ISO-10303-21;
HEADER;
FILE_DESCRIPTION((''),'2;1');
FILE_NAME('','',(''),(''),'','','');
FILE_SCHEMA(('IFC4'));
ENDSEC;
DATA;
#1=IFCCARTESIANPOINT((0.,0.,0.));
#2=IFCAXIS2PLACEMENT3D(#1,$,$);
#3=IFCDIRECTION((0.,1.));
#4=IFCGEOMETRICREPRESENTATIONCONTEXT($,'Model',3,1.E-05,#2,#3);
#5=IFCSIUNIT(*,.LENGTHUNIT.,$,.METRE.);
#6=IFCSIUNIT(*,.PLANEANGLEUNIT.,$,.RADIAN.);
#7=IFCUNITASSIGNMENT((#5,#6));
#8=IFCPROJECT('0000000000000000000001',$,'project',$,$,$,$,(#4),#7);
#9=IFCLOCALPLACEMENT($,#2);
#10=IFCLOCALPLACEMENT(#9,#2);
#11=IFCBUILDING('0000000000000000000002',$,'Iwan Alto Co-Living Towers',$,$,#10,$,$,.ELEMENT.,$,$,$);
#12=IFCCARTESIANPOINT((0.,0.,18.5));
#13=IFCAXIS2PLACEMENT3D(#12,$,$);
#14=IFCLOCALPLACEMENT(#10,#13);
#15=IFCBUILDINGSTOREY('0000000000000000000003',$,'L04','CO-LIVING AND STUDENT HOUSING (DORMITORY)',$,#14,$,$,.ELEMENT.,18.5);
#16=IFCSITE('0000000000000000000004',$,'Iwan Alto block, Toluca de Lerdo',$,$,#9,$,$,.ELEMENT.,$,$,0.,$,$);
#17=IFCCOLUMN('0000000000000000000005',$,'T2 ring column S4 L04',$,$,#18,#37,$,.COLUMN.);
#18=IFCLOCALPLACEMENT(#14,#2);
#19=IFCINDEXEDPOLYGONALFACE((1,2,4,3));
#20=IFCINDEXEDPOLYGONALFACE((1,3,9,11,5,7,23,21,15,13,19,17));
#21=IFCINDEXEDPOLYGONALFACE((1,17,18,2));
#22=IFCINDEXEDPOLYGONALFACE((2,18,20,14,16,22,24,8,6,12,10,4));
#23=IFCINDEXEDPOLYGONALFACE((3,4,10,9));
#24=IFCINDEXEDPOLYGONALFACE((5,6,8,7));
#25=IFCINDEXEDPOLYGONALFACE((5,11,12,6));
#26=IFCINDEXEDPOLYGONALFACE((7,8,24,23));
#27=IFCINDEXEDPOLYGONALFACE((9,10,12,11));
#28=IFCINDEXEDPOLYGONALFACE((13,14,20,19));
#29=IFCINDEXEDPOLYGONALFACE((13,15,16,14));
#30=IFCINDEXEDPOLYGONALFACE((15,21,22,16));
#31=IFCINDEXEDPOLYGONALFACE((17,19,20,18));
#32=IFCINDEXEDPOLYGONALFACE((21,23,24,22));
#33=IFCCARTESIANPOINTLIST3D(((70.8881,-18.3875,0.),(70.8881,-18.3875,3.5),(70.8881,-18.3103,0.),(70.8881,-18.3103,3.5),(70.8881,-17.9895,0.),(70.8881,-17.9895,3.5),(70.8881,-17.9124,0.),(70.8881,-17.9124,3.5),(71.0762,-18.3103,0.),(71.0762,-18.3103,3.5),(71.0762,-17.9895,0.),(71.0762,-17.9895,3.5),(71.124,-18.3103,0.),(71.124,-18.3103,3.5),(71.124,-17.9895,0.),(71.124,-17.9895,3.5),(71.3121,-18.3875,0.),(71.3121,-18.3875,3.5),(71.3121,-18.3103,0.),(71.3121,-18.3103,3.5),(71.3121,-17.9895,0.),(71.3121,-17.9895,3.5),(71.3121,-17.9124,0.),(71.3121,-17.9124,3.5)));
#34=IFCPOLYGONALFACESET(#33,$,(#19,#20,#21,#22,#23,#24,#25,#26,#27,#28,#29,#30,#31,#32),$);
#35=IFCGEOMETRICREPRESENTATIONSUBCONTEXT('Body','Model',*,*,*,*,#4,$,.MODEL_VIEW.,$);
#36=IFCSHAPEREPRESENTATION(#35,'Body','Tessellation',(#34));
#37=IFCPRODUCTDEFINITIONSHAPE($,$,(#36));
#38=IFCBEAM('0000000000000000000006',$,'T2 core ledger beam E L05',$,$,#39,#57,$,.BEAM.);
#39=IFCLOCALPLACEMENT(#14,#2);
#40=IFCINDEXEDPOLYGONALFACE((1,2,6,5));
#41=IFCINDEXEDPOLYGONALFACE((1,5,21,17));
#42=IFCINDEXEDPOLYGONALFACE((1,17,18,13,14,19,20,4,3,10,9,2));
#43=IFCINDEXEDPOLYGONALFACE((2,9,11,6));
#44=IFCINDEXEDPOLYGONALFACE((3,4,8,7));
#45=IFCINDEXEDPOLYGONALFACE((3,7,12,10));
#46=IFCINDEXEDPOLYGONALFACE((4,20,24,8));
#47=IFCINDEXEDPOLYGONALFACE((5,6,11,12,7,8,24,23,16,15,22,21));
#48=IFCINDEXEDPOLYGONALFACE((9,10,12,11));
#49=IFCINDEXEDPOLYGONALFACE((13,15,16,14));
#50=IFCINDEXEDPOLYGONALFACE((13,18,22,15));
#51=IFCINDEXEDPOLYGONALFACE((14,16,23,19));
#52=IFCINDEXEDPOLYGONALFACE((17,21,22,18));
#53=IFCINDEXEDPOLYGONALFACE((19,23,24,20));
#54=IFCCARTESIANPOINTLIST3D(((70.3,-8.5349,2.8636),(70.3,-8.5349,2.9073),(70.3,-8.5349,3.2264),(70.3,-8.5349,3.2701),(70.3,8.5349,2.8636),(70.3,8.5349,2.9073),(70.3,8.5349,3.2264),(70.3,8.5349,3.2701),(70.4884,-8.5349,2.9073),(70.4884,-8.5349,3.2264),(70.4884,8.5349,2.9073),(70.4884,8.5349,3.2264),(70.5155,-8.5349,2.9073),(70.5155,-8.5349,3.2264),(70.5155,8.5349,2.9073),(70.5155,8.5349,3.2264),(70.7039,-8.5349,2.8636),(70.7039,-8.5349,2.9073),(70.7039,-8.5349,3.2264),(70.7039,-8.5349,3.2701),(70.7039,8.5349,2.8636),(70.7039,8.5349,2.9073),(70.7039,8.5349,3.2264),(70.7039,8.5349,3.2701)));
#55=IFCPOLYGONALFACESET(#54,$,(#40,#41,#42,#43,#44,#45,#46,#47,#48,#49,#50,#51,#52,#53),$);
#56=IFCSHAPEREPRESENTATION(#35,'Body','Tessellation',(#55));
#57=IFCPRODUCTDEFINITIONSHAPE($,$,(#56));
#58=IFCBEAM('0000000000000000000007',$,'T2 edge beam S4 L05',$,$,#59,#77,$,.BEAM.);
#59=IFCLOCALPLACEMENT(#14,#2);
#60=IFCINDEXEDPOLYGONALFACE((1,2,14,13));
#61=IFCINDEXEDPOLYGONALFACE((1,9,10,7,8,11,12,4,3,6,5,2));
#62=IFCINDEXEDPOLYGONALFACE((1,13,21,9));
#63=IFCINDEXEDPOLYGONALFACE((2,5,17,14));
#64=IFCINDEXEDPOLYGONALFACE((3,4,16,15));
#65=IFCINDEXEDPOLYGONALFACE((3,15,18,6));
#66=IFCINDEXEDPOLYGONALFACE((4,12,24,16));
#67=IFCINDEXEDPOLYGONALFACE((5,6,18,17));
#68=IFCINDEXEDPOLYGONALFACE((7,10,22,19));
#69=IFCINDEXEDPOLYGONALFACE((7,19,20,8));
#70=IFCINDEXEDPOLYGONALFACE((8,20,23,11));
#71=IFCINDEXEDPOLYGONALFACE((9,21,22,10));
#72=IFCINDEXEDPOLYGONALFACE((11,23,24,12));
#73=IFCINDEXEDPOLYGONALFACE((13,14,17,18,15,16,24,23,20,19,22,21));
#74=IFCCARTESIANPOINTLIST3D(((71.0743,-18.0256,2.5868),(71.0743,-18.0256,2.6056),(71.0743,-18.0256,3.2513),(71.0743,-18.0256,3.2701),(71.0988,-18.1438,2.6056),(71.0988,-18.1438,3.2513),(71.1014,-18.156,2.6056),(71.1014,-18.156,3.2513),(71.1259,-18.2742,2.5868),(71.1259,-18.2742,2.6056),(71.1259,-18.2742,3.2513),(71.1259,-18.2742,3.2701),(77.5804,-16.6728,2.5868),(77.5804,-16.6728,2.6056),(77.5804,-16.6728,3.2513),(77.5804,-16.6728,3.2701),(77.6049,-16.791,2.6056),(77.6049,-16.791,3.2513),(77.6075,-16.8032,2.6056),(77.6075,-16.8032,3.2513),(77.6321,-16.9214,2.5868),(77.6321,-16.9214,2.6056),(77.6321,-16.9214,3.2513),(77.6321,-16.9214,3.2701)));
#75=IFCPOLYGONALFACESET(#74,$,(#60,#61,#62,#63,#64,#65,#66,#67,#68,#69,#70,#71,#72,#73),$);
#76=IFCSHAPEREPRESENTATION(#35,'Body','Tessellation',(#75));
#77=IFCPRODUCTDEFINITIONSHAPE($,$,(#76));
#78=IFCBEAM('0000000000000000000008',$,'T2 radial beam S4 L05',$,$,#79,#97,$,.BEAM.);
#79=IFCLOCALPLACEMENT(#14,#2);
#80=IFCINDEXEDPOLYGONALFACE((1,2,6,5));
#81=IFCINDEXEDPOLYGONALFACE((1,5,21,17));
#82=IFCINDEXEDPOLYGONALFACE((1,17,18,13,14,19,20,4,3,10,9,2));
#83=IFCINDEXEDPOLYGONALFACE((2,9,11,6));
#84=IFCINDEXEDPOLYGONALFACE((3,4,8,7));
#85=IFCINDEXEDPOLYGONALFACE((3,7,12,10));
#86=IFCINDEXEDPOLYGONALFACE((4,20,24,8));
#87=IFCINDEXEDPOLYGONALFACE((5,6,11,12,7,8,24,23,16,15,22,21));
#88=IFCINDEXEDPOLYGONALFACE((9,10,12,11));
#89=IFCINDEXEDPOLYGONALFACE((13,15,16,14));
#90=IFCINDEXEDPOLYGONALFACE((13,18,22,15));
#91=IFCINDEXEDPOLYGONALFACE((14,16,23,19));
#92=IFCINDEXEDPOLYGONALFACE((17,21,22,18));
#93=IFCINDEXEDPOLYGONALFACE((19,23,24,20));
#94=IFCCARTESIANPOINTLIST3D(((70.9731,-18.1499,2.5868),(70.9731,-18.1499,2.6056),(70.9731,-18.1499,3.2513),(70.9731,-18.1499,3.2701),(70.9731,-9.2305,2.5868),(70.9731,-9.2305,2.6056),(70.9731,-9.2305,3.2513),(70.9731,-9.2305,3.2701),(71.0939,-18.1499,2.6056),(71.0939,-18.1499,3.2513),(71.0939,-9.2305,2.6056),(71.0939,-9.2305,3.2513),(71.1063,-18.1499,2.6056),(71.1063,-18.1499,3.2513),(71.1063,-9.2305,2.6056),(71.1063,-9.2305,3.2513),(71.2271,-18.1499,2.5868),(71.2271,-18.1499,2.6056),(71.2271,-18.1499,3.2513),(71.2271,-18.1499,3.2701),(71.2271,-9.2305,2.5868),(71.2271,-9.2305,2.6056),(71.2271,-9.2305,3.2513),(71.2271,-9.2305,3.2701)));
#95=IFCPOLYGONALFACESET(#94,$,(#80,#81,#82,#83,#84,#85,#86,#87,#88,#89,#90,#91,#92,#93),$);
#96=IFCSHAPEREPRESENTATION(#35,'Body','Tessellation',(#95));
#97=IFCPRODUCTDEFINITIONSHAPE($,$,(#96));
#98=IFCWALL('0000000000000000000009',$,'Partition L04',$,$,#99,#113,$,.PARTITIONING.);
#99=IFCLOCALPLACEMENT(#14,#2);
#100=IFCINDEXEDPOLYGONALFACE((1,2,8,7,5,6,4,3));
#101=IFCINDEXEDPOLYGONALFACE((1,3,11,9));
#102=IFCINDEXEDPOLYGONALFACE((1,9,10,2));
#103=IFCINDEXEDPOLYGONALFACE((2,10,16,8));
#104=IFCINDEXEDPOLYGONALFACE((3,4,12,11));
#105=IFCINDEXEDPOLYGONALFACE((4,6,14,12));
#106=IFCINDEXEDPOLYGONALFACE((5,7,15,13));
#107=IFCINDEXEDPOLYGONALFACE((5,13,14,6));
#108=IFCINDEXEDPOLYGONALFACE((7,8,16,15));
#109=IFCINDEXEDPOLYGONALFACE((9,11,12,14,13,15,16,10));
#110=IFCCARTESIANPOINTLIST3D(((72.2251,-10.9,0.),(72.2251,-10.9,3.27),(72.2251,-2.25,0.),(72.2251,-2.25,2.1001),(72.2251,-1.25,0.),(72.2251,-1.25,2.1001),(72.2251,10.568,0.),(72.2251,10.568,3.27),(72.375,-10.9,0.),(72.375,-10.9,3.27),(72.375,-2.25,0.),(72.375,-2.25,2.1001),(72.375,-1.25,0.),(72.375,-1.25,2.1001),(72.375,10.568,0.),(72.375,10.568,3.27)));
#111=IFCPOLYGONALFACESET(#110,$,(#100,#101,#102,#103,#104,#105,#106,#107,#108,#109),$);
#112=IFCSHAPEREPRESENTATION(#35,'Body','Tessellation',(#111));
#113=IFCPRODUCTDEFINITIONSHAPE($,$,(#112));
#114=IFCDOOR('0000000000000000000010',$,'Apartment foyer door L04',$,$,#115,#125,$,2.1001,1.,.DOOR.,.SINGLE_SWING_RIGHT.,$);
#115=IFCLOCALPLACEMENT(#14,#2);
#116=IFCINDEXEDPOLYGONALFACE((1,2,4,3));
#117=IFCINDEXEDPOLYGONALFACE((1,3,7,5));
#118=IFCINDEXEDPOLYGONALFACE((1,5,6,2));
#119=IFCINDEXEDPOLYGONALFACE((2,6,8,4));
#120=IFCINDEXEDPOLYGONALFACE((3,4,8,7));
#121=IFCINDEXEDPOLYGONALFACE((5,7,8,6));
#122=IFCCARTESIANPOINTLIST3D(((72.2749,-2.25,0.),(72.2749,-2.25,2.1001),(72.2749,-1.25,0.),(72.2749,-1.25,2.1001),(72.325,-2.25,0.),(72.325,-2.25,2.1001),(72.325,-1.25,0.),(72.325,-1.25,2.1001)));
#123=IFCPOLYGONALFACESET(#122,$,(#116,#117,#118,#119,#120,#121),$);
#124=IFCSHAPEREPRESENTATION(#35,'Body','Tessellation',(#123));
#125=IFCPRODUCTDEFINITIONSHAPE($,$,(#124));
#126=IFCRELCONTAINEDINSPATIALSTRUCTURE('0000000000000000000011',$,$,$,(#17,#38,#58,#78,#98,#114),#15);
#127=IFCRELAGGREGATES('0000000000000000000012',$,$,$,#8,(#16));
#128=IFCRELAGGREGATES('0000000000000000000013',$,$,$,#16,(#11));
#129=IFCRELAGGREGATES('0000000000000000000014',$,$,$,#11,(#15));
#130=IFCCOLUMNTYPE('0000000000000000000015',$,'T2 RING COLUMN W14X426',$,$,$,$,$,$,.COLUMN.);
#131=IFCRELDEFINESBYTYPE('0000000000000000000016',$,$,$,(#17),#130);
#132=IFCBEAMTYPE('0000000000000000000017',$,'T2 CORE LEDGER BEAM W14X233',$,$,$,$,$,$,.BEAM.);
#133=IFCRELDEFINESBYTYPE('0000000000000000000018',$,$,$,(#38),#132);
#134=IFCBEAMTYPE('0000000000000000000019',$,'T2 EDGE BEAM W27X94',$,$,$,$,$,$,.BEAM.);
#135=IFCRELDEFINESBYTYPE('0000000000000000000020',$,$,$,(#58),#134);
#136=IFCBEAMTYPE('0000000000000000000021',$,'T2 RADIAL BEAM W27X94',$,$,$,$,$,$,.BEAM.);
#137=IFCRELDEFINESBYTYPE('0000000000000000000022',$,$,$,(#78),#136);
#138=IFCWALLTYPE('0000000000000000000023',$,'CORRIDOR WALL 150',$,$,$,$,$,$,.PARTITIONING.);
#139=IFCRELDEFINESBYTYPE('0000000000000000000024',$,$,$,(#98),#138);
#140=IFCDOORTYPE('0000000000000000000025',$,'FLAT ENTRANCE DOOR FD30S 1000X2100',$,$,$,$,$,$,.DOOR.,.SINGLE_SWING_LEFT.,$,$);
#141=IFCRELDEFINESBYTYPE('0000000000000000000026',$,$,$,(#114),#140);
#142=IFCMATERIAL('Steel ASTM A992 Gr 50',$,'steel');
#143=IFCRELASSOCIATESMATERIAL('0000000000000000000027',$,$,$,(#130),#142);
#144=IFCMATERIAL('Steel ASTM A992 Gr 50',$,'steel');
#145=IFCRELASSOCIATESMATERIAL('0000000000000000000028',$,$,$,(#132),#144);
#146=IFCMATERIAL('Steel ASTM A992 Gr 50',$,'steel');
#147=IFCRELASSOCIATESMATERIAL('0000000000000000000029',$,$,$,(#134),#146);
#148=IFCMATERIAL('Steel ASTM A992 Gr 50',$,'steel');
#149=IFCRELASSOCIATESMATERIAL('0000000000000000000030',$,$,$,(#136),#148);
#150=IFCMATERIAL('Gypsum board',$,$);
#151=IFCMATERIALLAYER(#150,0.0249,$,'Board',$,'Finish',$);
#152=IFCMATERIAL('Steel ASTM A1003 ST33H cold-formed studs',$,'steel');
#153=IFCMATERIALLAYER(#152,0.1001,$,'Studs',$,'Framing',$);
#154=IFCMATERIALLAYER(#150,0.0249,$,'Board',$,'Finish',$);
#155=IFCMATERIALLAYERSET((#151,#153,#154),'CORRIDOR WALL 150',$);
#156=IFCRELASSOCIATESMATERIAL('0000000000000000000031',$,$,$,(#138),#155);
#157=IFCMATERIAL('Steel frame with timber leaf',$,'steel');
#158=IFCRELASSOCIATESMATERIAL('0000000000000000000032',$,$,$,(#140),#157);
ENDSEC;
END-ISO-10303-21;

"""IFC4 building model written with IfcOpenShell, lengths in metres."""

from ifc_helpers import new_model, si_unit, direction, frame, frame_2d, origin, origin_2d, place, context, subcontext, project, spatial, rectangle, i_section, extrude, material, layer, layer_set, material_profile, profile_set, type_object, element, fill, save


model = new_model("IFC4")

# Units and contexts
model_context = context("Model", 3, precision=1e-05, world=origin(), true_north=direction((0.0, 1.0)))
body_context = subcontext(model_context, "Body", "Model", "MODEL_VIEW")
ifc_project = project(units=[si_unit("LENGTHUNIT", "METRE"), si_unit("PLANEANGLEUNIT", "RADIAN")], contexts=[model_context])

# Site, building, storey
site_placement = place(None, origin())
site = spatial("IfcSite", under=ifc_project, at=site_placement, Name="Iwan Alto block, Toluca de Lerdo", CompositionType="ELEMENT", RefElevation=0.0)
building_placement = place(site_placement, origin())
building = spatial("IfcBuilding", under=site, at=building_placement, Name="Iwan Alto Co-Living Towers", CompositionType="ELEMENT")
storey_placement = place(building_placement, frame((0.0, 0.0, 18.5)))
storey = spatial("IfcBuildingStorey", under=building, at=storey_placement, Name="L04", Description="CO-LIVING AND STUDENT HOUSING (DORMITORY)", CompositionType="ELEMENT", Elevation=18.5)

# Column
ifc_material_1 = material(Name="Steel ASTM A992 Gr 50", Category="steel")
ifc_material_profile_1 = material_profile(ifc_material_1, i_section(OverallWidth=0.4241, OverallDepth=0.4751, WebThickness=0.0479, FlangeThickness=0.0771, at=origin_2d()), Name="W14X426")
ifc_profile_set_1 = profile_set([ifc_material_profile_1], Name="Steel ASTM A992 Gr 50")
column_type = type_object("IfcColumnType", Name="T2 RING COLUMN W14X426", PredefinedType="COLUMN", material=ifc_profile_set_1)
column_placement = place(storey_placement, frame((71.1001, -18.1499, 0.0), z_axis=(0.0, 0.0, 1.0), x_axis=(1.0, 0.0, 0.0)))
element("IfcColumn", 1, at=column_placement, inside=storey, type_object=column_type, Name="T2 ring column S4 L04", PredefinedType="COLUMN", context=body_context, shape_type="SweptSolid", body=[
    extrude(i_section(OverallWidth=0.4241, OverallDepth=0.4751, WebThickness=0.0479, FlangeThickness=0.0771, at=origin_2d()), origin(), (0.0, 0.0, 1.0), 3.5),
])

# Beams
ifc_material_2 = material(Name="Steel ASTM A992 Gr 50", Category="steel")
ifc_material_profile_2 = material_profile(ifc_material_2, i_section(OverallWidth=0.4038, OverallDepth=0.4065, WebThickness=0.0271, FlangeThickness=0.0437, at=origin_2d()), Name="W14X233")
ifc_profile_set_2 = profile_set([ifc_material_profile_2], Name="Steel ASTM A992 Gr 50")
beam_type_1 = type_object("IfcBeamType", Name="T2 CORE LEDGER BEAM W14X233", PredefinedType="BEAM", material=ifc_profile_set_2)
beam_1_placement = place(storey_placement, frame((70.502, -8.5349, 3.0669), z_axis=(0.0, 1.0, 0.0), x_axis=(-1.0, 0.0, 0.0)))
element("IfcBeam", 2, at=beam_1_placement, inside=storey, type_object=beam_type_1, Name="T2 core ledger beam E L05", PredefinedType="BEAM", context=body_context, shape_type="SweptSolid", body=[
    extrude(i_section(OverallWidth=0.4038, OverallDepth=0.4065, WebThickness=0.0271, FlangeThickness=0.0437, at=origin_2d()), origin(), (0.0, 0.0, 1.0), 17.0698),
])
ifc_material_3 = material(Name="Steel ASTM A992 Gr 50", Category="steel")
ifc_material_profile_3 = material_profile(ifc_material_3, i_section(OverallWidth=0.2539, OverallDepth=0.6833, WebThickness=0.0125, FlangeThickness=0.0188, at=origin_2d()), Name="W27X94")
ifc_profile_set_3 = profile_set([ifc_material_profile_3], Name="Steel ASTM A992 Gr 50")
beam_type_2 = type_object("IfcBeamType", Name="T2 EDGE BEAM W27X94", PredefinedType="BEAM", material=ifc_profile_set_3)
beam_2_placement = place(storey_placement, frame((71.1001, -18.1499, 2.9285), z_axis=(0.97906, 0.203571, 0.0), x_axis=(-0.203571, 0.97906, 0.0)))
element("IfcBeam", 3, at=beam_2_placement, inside=storey, type_object=beam_type_2, Name="T2 edge beam S4 L05", PredefinedType="BEAM", context=body_context, shape_type="SweptSolid", body=[
    extrude(i_section(OverallWidth=0.2539, OverallDepth=0.6833, WebThickness=0.0125, FlangeThickness=0.0188, at=origin_2d()), origin(), (0.0, 0.0, 1.0), 6.6453),
])
ifc_material_4 = material(Name="Steel ASTM A992 Gr 50", Category="steel")
ifc_material_profile_4 = material_profile(ifc_material_4, i_section(OverallWidth=0.2539, OverallDepth=0.6833, WebThickness=0.0125, FlangeThickness=0.0188, at=origin_2d()), Name="W27X94")
ifc_profile_set_4 = profile_set([ifc_material_profile_4], Name="Steel ASTM A992 Gr 50")
beam_type_3 = type_object("IfcBeamType", Name="T2 RADIAL BEAM W27X94", PredefinedType="BEAM", material=ifc_profile_set_4)
beam_3_placement = place(storey_placement, frame((71.1001, -18.1499, 2.9285), z_axis=(0.0, 1.0, 0.0), x_axis=(-1.0, 0.0, 0.0)))
element("IfcBeam", 4, at=beam_3_placement, inside=storey, type_object=beam_type_3, Name="T2 radial beam S4 L05", PredefinedType="BEAM", context=body_context, shape_type="SweptSolid", body=[
    extrude(i_section(OverallWidth=0.2539, OverallDepth=0.6833, WebThickness=0.0125, FlangeThickness=0.0188, at=origin_2d()), origin(), (0.0, 0.0, 1.0), 8.9194),
])

# Wall, opening, door
ifc_material_5 = material(Name="Gypsum board")
ifc_layer_1 = layer(ifc_material_5, 0.0249, Name="Board", Category="Finish")
ifc_material_6 = material(Name="Steel ASTM A1003 ST33H cold-formed studs", Category="steel")
ifc_layer_2 = layer(ifc_material_6, 0.1001, Name="Studs", Category="Framing")
ifc_layer_3 = layer(ifc_material_5, 0.0249, Name="Board", Category="Finish")
ifc_layer_set_1 = layer_set([ifc_layer_1, ifc_layer_2, ifc_layer_3], Name="CORRIDOR WALL 150")
wall_type_1 = type_object("IfcWallType", Name="CORRIDOR WALL 150", PredefinedType="PARTITIONING", material=ifc_layer_set_1)
wall_1_placement = place(storey_placement, frame((72.3, -10.8999, 0.0), z_axis=(0.0, 0.0, 1.0), x_axis=(0.0, 1.0, 0.0)))
wall_1 = element("IfcWall", 5, at=wall_1_placement, inside=storey, type_object=wall_type_1, Name="Partition L04", PredefinedType="PARTITIONING", context=body_context, shape_type="SweptSolid", body=[
    extrude(rectangle(XDim=21.468, YDim=0.1499, at=frame_2d((10.7339, 0.0))), origin(), (0.0, 0.0, 1.0), 3.27),
])
opening_1_placement = place(wall_1_placement, frame((8.6499, 0.0, 0.0)))
opening_1 = element("IfcOpeningElement", 6, at=opening_1_placement, cuts=wall_1, PredefinedType="OPENING", context=body_context, shape_type="SweptSolid", body=[
    extrude(rectangle(XDim=1.0, YDim=2.1001, at=frame_2d((0.5, 1.05))), frame((0.0, 0.085, 0.0), z_axis=(0.0, -1.0, 0.0), x_axis=(1.0, 0.0, 0.0)), (0.0, 0.0, 1.0), 0.1699),
])
ifc_material_7 = material(Name="Steel frame with timber leaf", Category="steel")
door_type_1 = type_object("IfcDoorType", Name="FLAT ENTRANCE DOOR FD30S 1000X2100", OperationType="SINGLE_SWING_LEFT", PredefinedType="DOOR", material=ifc_material_7)
door_1_placement = place(opening_1_placement, frame((1.0, 0.0, 0.0), z_axis=(0.0, 0.0, 1.0), x_axis=(-1.0, 0.0, 0.0)))
door_1 = element("IfcDoor", 7, at=door_1_placement, inside=storey, type_object=door_type_1, Name="Apartment foyer door L04", OperationType="SINGLE_SWING_RIGHT", OverallHeight=2.1001, OverallWidth=1.0, PredefinedType="DOOR", context=body_context, shape_type="SweptSolid", body=[
    extrude(rectangle(XDim=1.0, YDim=2.1001, at=frame_2d((0.5, 1.05))), frame((0.0, 0.0249, 0.0), z_axis=(0.0, -1.0, 0.0), x_axis=(1.0, 0.0, 0.0)), (0.0, 0.0, 1.0), 0.05),
])
fill(opening_1, door_1)

save(model, "model.ifc")
